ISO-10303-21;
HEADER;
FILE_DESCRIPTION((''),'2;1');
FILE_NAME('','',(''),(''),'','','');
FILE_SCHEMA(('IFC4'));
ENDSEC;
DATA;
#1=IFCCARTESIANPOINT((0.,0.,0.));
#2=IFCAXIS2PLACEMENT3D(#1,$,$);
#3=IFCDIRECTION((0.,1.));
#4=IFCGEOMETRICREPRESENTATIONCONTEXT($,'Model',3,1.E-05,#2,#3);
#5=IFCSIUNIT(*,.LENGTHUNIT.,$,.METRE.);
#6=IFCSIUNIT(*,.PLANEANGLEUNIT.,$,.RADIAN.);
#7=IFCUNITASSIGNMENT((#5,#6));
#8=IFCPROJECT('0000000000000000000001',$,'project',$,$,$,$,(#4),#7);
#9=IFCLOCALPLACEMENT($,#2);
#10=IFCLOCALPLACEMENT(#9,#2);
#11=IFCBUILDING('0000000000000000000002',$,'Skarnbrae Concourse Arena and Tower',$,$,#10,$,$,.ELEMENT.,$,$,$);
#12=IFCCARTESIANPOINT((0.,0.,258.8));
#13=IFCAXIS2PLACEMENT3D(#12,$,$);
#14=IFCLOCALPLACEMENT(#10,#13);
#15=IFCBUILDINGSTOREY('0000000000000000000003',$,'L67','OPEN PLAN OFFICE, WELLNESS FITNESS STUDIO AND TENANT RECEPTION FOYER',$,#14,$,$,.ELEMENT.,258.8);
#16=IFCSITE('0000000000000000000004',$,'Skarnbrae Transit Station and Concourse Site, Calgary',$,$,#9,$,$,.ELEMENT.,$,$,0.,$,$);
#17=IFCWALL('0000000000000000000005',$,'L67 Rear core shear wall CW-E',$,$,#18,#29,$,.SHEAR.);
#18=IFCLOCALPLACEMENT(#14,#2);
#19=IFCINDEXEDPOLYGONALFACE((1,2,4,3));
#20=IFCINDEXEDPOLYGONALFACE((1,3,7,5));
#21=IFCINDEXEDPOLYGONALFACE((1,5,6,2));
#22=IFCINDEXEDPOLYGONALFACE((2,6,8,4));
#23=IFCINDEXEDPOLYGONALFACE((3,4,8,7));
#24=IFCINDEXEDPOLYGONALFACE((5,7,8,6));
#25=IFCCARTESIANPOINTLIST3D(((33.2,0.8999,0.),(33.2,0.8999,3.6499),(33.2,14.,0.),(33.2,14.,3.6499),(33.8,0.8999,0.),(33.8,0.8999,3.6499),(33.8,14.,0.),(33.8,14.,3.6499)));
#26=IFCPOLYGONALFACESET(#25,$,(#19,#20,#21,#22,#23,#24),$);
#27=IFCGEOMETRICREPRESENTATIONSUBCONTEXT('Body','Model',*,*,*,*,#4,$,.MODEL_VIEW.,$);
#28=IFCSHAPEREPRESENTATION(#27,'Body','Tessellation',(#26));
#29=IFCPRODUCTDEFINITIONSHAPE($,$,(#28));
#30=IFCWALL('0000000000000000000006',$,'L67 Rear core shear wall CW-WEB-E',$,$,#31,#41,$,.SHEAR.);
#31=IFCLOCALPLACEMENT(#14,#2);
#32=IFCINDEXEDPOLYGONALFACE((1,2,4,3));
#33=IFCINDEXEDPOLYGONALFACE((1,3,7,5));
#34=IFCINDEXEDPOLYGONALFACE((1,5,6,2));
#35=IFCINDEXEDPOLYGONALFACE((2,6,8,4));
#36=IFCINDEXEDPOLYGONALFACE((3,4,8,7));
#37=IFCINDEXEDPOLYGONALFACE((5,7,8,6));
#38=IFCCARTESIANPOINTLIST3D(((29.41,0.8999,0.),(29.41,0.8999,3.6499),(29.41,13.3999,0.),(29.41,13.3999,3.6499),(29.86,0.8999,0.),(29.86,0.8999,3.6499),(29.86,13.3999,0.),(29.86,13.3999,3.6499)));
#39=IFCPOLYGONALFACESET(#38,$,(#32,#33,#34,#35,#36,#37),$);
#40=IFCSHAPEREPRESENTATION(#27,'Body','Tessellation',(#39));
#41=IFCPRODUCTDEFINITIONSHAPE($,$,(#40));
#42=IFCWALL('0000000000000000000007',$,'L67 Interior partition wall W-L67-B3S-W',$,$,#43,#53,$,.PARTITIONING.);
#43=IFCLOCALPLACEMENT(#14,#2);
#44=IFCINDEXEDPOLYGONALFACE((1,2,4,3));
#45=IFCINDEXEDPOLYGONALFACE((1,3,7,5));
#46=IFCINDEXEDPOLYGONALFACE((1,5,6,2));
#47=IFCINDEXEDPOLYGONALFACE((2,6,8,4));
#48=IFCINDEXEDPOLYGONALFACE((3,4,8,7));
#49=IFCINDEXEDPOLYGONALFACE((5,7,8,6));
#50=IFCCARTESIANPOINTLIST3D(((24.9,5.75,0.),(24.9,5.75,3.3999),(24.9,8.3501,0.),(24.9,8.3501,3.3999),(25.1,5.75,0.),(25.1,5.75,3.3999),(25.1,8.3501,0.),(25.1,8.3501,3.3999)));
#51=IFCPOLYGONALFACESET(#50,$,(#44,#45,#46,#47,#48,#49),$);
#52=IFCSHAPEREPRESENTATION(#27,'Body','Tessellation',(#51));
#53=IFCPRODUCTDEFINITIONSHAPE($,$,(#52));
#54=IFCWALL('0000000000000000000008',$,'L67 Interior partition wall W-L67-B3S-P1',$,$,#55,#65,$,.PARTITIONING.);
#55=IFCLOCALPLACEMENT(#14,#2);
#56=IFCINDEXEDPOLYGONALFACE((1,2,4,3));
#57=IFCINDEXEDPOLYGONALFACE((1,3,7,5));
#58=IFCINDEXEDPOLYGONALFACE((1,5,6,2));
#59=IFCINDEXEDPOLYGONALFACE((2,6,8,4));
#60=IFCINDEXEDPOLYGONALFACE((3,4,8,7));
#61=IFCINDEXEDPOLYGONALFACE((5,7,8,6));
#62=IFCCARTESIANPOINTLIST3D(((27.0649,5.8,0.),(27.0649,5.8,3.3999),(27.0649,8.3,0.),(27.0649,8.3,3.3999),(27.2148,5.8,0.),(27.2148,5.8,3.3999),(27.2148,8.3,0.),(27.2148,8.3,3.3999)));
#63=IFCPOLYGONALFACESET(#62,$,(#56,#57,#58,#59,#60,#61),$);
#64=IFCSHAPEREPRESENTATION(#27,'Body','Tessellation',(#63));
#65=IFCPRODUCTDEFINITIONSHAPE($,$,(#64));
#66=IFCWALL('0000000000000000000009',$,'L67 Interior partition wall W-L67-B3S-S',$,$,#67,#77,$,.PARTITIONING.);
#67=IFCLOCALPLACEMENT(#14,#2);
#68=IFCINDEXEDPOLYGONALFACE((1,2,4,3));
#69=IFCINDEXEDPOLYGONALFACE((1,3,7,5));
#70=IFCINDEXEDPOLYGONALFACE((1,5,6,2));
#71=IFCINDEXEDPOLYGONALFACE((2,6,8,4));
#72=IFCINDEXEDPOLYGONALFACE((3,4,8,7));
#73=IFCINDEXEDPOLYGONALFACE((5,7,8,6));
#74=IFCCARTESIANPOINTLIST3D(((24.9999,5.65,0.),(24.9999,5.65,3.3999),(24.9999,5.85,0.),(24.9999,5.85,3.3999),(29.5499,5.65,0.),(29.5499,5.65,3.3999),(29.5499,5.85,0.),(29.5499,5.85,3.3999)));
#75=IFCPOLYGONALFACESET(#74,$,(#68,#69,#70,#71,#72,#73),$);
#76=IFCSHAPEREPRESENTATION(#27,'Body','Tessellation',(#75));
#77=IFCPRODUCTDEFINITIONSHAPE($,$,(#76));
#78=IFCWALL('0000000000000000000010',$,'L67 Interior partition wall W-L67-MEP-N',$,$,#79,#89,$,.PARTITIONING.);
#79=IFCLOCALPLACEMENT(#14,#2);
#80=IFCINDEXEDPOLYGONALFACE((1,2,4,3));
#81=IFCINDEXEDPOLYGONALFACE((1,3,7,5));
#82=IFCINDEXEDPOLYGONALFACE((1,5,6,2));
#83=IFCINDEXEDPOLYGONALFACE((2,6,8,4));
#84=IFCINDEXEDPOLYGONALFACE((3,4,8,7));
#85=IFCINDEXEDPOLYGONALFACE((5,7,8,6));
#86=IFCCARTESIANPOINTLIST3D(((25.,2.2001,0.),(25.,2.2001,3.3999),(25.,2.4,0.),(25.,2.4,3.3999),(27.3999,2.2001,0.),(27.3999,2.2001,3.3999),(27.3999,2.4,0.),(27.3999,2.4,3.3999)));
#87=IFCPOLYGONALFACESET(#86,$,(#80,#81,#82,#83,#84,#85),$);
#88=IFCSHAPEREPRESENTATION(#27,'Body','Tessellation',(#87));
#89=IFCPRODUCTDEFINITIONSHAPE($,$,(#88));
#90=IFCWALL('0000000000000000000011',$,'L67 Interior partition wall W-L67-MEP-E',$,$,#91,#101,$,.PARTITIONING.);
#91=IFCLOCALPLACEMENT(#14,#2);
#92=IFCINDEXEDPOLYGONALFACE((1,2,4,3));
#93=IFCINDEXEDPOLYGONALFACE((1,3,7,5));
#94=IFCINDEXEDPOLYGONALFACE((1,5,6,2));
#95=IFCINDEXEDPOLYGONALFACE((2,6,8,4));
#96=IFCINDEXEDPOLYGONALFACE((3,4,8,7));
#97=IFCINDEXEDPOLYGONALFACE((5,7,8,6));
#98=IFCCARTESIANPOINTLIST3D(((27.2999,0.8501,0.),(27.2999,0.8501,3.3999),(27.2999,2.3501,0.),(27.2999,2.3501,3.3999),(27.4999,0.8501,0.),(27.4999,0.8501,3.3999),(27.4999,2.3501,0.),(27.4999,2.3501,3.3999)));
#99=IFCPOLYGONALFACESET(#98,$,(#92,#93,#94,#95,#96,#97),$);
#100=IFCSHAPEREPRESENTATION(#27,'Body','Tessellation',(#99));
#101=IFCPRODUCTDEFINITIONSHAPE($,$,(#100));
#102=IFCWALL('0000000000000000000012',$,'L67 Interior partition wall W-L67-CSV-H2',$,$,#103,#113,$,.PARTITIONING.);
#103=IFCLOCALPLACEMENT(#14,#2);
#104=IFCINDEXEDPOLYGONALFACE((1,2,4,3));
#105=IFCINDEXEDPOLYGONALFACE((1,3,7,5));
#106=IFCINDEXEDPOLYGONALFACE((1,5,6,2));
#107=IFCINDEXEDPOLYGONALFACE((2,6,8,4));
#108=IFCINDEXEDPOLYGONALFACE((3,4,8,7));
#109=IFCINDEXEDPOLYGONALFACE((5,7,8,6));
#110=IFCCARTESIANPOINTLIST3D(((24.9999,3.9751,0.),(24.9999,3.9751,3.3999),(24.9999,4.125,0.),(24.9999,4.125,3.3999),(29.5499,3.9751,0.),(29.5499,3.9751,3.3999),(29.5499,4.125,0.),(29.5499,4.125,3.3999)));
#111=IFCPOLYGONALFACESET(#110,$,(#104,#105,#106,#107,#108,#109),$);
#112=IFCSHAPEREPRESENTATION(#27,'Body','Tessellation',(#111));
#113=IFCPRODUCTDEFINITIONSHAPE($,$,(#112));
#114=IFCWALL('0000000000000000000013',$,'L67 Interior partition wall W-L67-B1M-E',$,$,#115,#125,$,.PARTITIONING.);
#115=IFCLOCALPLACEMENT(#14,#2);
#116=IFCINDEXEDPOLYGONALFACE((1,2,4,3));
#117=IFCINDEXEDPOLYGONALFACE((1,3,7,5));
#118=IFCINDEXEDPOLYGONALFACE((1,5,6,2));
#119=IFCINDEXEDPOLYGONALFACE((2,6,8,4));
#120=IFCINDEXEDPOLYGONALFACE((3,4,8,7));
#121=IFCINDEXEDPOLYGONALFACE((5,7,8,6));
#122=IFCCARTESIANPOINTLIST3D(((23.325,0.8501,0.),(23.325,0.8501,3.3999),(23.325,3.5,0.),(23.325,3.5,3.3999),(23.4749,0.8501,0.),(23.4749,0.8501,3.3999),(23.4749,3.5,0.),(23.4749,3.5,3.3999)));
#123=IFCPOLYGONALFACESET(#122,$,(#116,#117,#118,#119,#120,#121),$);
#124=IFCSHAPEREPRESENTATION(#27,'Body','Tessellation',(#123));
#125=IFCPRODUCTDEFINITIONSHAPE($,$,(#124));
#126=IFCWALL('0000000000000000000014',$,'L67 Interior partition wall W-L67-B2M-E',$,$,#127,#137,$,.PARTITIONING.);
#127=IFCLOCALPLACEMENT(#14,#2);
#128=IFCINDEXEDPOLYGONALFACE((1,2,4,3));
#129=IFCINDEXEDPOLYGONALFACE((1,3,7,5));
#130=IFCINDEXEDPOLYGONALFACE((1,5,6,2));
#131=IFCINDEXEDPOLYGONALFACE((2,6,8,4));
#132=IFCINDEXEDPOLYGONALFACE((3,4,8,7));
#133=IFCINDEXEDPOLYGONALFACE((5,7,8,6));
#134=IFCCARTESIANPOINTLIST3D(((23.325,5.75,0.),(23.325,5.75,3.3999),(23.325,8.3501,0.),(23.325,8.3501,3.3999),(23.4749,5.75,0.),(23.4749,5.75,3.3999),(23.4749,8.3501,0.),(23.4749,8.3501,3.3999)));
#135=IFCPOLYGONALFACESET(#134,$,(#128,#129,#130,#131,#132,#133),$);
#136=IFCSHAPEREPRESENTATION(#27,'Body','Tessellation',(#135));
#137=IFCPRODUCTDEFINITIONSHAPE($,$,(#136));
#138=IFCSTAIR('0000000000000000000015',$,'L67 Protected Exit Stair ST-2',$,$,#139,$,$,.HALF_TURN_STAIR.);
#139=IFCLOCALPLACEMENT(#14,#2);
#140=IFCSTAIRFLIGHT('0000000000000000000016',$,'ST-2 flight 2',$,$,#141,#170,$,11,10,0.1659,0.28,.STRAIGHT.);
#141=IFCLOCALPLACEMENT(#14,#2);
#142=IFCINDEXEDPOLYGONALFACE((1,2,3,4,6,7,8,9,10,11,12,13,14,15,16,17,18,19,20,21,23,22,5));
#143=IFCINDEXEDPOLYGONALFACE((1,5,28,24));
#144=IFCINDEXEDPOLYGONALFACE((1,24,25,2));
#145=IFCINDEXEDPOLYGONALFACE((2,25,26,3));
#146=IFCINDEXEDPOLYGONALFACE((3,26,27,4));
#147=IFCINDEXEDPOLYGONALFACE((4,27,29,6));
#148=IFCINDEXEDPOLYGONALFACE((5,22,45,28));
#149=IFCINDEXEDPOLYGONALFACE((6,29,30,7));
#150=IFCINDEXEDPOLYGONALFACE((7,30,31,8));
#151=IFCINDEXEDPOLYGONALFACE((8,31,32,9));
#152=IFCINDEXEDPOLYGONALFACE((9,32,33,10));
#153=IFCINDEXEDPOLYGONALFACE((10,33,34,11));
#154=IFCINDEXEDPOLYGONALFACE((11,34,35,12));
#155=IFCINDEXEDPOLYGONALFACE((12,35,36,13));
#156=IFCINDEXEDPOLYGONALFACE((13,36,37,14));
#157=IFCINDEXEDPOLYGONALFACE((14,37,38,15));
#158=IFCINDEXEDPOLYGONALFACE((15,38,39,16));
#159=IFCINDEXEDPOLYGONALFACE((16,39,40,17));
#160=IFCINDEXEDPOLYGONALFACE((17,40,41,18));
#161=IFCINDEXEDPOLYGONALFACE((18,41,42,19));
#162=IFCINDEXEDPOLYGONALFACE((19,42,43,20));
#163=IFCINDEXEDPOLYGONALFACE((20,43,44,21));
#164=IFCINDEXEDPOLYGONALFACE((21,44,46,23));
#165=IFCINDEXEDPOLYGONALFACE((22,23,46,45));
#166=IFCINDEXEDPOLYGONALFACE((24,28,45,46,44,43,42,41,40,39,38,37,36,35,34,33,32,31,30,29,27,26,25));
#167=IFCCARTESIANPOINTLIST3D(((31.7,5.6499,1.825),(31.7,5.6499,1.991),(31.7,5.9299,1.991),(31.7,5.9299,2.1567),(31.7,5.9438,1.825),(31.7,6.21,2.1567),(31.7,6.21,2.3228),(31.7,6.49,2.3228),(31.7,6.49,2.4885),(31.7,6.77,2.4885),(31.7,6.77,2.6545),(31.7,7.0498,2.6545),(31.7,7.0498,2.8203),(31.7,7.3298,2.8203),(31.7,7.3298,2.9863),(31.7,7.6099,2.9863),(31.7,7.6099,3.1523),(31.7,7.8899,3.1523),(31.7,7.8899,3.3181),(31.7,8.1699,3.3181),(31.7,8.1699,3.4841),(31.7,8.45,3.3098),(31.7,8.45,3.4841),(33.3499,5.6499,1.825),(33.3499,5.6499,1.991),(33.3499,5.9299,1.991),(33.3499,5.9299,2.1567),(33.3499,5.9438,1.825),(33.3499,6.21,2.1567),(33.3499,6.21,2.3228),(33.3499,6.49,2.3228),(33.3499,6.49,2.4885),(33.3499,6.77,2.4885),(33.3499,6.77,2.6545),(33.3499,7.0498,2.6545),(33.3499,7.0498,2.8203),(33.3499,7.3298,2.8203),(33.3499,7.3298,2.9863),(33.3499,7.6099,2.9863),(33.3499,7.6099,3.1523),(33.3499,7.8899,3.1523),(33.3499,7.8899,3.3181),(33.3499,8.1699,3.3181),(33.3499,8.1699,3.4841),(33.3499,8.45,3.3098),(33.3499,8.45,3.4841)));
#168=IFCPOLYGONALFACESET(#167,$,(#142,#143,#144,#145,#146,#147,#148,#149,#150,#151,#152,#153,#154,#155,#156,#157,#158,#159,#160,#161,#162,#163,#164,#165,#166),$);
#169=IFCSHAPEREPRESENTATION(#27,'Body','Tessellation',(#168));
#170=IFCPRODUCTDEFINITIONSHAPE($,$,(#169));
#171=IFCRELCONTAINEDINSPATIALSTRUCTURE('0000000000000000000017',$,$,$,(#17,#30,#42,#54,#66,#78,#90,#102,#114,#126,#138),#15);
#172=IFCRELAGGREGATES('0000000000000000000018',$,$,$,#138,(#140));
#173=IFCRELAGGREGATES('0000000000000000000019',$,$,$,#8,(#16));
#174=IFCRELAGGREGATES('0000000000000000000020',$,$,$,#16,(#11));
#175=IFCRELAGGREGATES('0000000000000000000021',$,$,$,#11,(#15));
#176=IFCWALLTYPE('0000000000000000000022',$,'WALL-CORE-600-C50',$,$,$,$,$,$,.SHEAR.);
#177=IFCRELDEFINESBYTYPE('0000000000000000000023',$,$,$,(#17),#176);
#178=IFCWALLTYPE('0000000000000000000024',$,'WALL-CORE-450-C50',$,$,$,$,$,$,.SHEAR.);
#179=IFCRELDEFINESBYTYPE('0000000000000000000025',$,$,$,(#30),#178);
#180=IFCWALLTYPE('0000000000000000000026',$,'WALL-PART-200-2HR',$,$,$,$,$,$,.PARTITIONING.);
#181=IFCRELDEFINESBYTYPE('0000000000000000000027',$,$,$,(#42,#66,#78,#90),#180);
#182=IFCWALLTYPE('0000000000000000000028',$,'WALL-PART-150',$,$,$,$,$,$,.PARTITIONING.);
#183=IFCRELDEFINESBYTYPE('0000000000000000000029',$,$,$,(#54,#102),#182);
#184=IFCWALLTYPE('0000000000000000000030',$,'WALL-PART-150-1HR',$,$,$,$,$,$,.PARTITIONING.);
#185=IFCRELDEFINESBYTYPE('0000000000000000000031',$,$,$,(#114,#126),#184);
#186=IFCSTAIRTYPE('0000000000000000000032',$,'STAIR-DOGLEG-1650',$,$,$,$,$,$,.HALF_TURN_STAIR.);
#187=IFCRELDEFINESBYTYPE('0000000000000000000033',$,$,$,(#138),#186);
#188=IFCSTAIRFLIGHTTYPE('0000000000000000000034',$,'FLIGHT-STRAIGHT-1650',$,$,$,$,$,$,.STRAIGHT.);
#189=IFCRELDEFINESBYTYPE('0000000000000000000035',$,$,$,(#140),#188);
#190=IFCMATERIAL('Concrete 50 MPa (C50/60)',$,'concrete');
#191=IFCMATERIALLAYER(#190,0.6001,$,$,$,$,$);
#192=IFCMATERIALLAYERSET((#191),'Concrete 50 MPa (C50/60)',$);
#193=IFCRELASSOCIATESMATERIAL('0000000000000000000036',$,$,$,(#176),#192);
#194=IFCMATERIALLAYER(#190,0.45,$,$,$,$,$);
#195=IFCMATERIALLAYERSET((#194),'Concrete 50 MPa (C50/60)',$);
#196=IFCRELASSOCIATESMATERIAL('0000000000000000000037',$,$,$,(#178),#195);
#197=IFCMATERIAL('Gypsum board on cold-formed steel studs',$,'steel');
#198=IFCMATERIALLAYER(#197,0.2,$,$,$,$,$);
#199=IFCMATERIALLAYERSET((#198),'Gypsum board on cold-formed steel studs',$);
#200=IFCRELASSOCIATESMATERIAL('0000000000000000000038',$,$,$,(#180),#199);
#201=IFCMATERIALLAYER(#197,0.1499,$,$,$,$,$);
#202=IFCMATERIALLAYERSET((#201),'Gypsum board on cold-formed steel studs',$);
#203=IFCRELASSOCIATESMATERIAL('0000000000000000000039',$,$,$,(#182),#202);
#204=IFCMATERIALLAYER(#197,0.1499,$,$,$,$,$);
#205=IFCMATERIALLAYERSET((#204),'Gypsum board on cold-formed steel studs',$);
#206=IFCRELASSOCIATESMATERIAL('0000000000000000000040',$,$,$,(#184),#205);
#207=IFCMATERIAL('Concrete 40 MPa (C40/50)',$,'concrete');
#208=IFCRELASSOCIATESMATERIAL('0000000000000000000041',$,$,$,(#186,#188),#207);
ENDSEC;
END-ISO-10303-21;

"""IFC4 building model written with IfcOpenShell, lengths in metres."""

from ifc_helpers import new_model, si_unit, direction, frame, frame_2d, origin, place, context, subcontext, project, spatial, polyline, rectangle, outline, extrude, source, transform, mapped, material, layer, layer_set, type_object, element, aggregate, save


model = new_model("IFC4")

# Units and contexts
model_context = context("Model", 3, precision=1e-05, world=origin(), true_north=direction((0.0, 1.0)))
body_context = subcontext(model_context, "Body", "Model", "MODEL_VIEW")
ifc_project = project(units=[si_unit("LENGTHUNIT", "METRE"), si_unit("PLANEANGLEUNIT", "RADIAN")], contexts=[model_context])

# Site, building, storey
site_placement = place(None, origin())
site = spatial("IfcSite", under=ifc_project, at=site_placement, Name="Skarnbrae Transit Station and Concourse Site, Calgary", CompositionType="ELEMENT", RefElevation=0.0)
building_placement = place(site_placement, origin())
building = spatial("IfcBuilding", under=site, at=building_placement, Name="Skarnbrae Concourse Arena and Tower", CompositionType="ELEMENT")
storey_placement = place(building_placement, frame((0.0, 0.0, 258.8)))
storey = spatial("IfcBuildingStorey", under=building, at=storey_placement, Name="L67", Description="OPEN PLAN OFFICE, WELLNESS FITNESS STUDIO AND TENANT RECEPTION FOYER", CompositionType="ELEMENT", Elevation=258.8)

# Walls
ifc_material_1 = material(Name="Concrete 50 MPa (C50/60)", Category="concrete")
ifc_layer_1 = layer(ifc_material_1, 0.6001)
ifc_layer_set_1 = layer_set([ifc_layer_1], Name="Concrete 50 MPa (C50/60)")
wall_type_1 = type_object("IfcWallType", Name="WALL-CORE-600-C50", PredefinedType="SHEAR", material=ifc_layer_set_1)
shared_shape_1 = source(origin(), body_context, "Body", "SweptSolid", [
    extrude(rectangle(XDim=13.1001, YDim=0.6001, at=frame_2d((6.55, 0.0))), origin(), (0.0, 0.0, 1.0), 3.6499),
])
wall_1_placement = place(storey_placement, frame((33.5, 0.8999, 0.0), z_axis=(0.0, 0.0, 1.0), x_axis=(0.0, 1.0, 0.0)))
element("IfcWall", 1, at=wall_1_placement, inside=storey, type_object=wall_type_1, Name="L67 Rear core shear wall CW-E", PredefinedType="SHEAR", context=body_context, shape_type="MappedRepresentation", body=[
    mapped(shared_shape_1, transform((0.0, 0.0, 0.0))),
])
ifc_layer_2 = layer(ifc_material_1, 0.45)
ifc_layer_set_2 = layer_set([ifc_layer_2], Name="Concrete 50 MPa (C50/60)")
wall_type_2 = type_object("IfcWallType", Name="WALL-CORE-450-C50", PredefinedType="SHEAR", material=ifc_layer_set_2)
shared_shape_2 = source(origin(), body_context, "Body", "SweptSolid", [
    extrude(rectangle(XDim=12.5, YDim=0.45, at=frame_2d((6.25, 0.0))), origin(), (0.0, 0.0, 1.0), 3.6499),
])
wall_2_placement = place(storey_placement, frame((29.635, 0.8999, 0.0), z_axis=(0.0, 0.0, 1.0), x_axis=(0.0, 1.0, 0.0)))
element("IfcWall", 2, at=wall_2_placement, inside=storey, type_object=wall_type_2, Name="L67 Rear core shear wall CW-WEB-E", PredefinedType="SHEAR", context=body_context, shape_type="MappedRepresentation", body=[
    mapped(shared_shape_2, transform((0.0, 0.0, 0.0))),
])
ifc_material_2 = material(Name="Gypsum board on cold-formed steel studs", Category="steel")
ifc_layer_3 = layer(ifc_material_2, 0.2)
ifc_layer_set_3 = layer_set([ifc_layer_3], Name="Gypsum board on cold-formed steel studs")
wall_type_3 = type_object("IfcWallType", Name="WALL-PART-200-2HR", PredefinedType="PARTITIONING", material=ifc_layer_set_3)
shared_shape_3 = source(origin(), body_context, "Body", "SweptSolid", [
    extrude(rectangle(XDim=2.6001, YDim=0.2, at=frame_2d((1.3, 0.0))), origin(), (0.0, 0.0, 1.0), 3.3999),
])
wall_3_placement = place(storey_placement, frame((25.0, 5.75, 0.0), z_axis=(0.0, 0.0, 1.0), x_axis=(0.0, 1.0, 0.0)))
element("IfcWall", 3, at=wall_3_placement, inside=storey, type_object=wall_type_3, Name="L67 Interior partition wall W-L67-B3S-W", PredefinedType="PARTITIONING", context=body_context, shape_type="MappedRepresentation", body=[
    mapped(shared_shape_3, transform((0.0, 0.0, 0.0))),
])
ifc_layer_4 = layer(ifc_material_2, 0.1499)
ifc_layer_set_4 = layer_set([ifc_layer_4], Name="Gypsum board on cold-formed steel studs")
wall_type_4 = type_object("IfcWallType", Name="WALL-PART-150", PredefinedType="PARTITIONING", material=ifc_layer_set_4)
shared_shape_4 = source(origin(), body_context, "Body", "SweptSolid", [
    extrude(rectangle(XDim=2.5, YDim=0.1499, at=frame_2d((1.25, 0.0))), origin(), (0.0, 0.0, 1.0), 3.3999),
])
wall_4_placement = place(storey_placement, frame((27.1399, 5.8, 0.0), z_axis=(0.0, 0.0, 1.0), x_axis=(0.0, 1.0, 0.0)))
element("IfcWall", 4, at=wall_4_placement, inside=storey, type_object=wall_type_4, Name="L67 Interior partition wall W-L67-B3S-P1", PredefinedType="PARTITIONING", context=body_context, shape_type="MappedRepresentation", body=[
    mapped(shared_shape_4, transform((0.0, 0.0, 0.0))),
])

# Shared definitions
shared_shape_5 = source(origin(), body_context, "Body", "SweptSolid", [
    extrude(rectangle(XDim=4.55, YDim=0.2, at=frame_2d((2.2749, 0.0))), origin(), (0.0, 0.0, 1.0), 3.3999),
])

# Wall
wall_5_placement = place(storey_placement, frame((25.0, 5.75, 0.0), z_axis=(0.0, 0.0, 1.0), x_axis=(1.0, 0.0, 0.0)))
element("IfcWall", 5, at=wall_5_placement, inside=storey, type_object=wall_type_3, Name="L67 Interior partition wall W-L67-B3S-S", PredefinedType="PARTITIONING", context=body_context, shape_type="MappedRepresentation", body=[
    mapped(shared_shape_5, transform((0.0, 0.0, 0.0))),
])

# Shared definitions
ifc_layer_5 = layer(ifc_material_2, 0.1499)
ifc_layer_set_5 = layer_set([ifc_layer_5], Name="Gypsum board on cold-formed steel studs")
wall_type_5 = type_object("IfcWallType", Name="WALL-PART-150-1HR", PredefinedType="PARTITIONING", material=ifc_layer_set_5)

# Walls
shared_shape_6 = source(origin(), body_context, "Body", "SweptSolid", [
    extrude(rectangle(XDim=2.3999, YDim=0.2, at=frame_2d((1.2, 0.0))), origin(), (0.0, 0.0, 1.0), 3.3999),
])
wall_6_placement = place(storey_placement, frame((25.0, 2.3, 0.0), z_axis=(0.0, 0.0, 1.0), x_axis=(1.0, 0.0, 0.0)))
element("IfcWall", 6, at=wall_6_placement, inside=storey, type_object=wall_type_3, Name="L67 Interior partition wall W-L67-MEP-N", PredefinedType="PARTITIONING", context=body_context, shape_type="MappedRepresentation", body=[
    mapped(shared_shape_6, transform((0.0, 0.0, 0.0))),
])
shared_shape_7 = source(origin(), body_context, "Body", "SweptSolid", [
    extrude(rectangle(XDim=1.5, YDim=0.2, at=frame_2d((0.75, 0.0))), origin(), (0.0, 0.0, 1.0), 3.3999),
])
wall_7_placement = place(storey_placement, frame((27.3999, 0.8501, 0.0), z_axis=(0.0, 0.0, 1.0), x_axis=(0.0, 1.0, 0.0)))
element("IfcWall", 7, at=wall_7_placement, inside=storey, type_object=wall_type_3, Name="L67 Interior partition wall W-L67-MEP-E", PredefinedType="PARTITIONING", context=body_context, shape_type="MappedRepresentation", body=[
    mapped(shared_shape_7, transform((0.0, 0.0, 0.0))),
])
shared_shape_8 = source(origin(), body_context, "Body", "SweptSolid", [
    extrude(rectangle(XDim=4.55, YDim=0.1499, at=frame_2d((2.2749, 0.0))), origin(), (0.0, 0.0, 1.0), 3.3999),
])
wall_8_placement = place(storey_placement, frame((25.0, 4.05, 0.0), z_axis=(0.0, 0.0, 1.0), x_axis=(1.0, 0.0, 0.0)))
element("IfcWall", 8, at=wall_8_placement, inside=storey, type_object=wall_type_4, Name="L67 Interior partition wall W-L67-CSV-H2", PredefinedType="PARTITIONING", context=body_context, shape_type="MappedRepresentation", body=[
    mapped(shared_shape_8, transform((0.0, 0.0, 0.0))),
])
shared_shape_9 = source(origin(), body_context, "Body", "SweptSolid", [
    extrude(rectangle(XDim=2.6499, YDim=0.1499, at=frame_2d((1.325, 0.0))), origin(), (0.0, 0.0, 1.0), 3.3999),
])
wall_9_placement = place(storey_placement, frame((23.3999, 0.8501, 0.0), z_axis=(0.0, 0.0, 1.0), x_axis=(0.0, 1.0, 0.0)))
element("IfcWall", 9, at=wall_9_placement, inside=storey, type_object=wall_type_5, Name="L67 Interior partition wall W-L67-B1M-E", PredefinedType="PARTITIONING", context=body_context, shape_type="MappedRepresentation", body=[
    mapped(shared_shape_9, transform((0.0, 0.0, 0.0))),
])
shared_shape_10 = source(origin(), body_context, "Body", "SweptSolid", [
    extrude(rectangle(XDim=2.6001, YDim=0.1499, at=frame_2d((1.3, 0.0))), origin(), (0.0, 0.0, 1.0), 3.3999),
])
wall_10_placement = place(storey_placement, frame((23.3999, 5.75, 0.0), z_axis=(0.0, 0.0, 1.0), x_axis=(0.0, 1.0, 0.0)))
element("IfcWall", 10, at=wall_10_placement, inside=storey, type_object=wall_type_5, Name="L67 Interior partition wall W-L67-B2M-E", PredefinedType="PARTITIONING", context=body_context, shape_type="MappedRepresentation", body=[
    mapped(shared_shape_10, transform((0.0, 0.0, 0.0))),
])

# Stair, stair flight
ifc_material_3 = material(Name="Concrete 40 MPa (C40/50)", Category="concrete")
stair_type = type_object("IfcStairType", Name="STAIR-DOGLEG-1650", PredefinedType="HALF_TURN_STAIR", material=ifc_material_3)
stair_placement = place(storey_placement, origin())
stair = element("IfcStair", 11, at=stair_placement, inside=storey, type_object=stair_type, Name="L67 Protected Exit Stair ST-2", PredefinedType="HALF_TURN_STAIR")
stair_flight_type = type_object("IfcStairFlightType", Name="FLIGHT-STRAIGHT-1650", PredefinedType="STRAIGHT", material=ifc_material_3)
shared_shape_11 = source(origin(), body_context, "Body", "SweptSolid", [
    extrude(outline(polyline([(0.0, 0.0), (0.0, 0.166), (0.28, 0.166), (0.28, 0.3318), (0.5601, 0.3318), (0.5601, 0.4978), (0.8401, 0.4978), (0.8401, 0.6636), (1.1201, 0.6636), (1.1201, 0.8296), (1.3999, 0.8296), (1.3999, 0.9954), (1.6799, 0.9954), (1.6799, 1.1614), (1.96, 1.1614), (1.96, 1.3274), (2.24, 1.3274), (2.24, 1.4932), (2.52, 1.4932), (2.52, 1.6592), (2.8, 1.6592), (2.8, 1.825), (2.8, 1.4849), (0.2939, 0.0), (0.0, 0.0)])), frame((0.0, 0.825, 0.0), z_axis=(0.0, -1.0, 0.0), x_axis=(1.0, 0.0, 0.0)), (0.0, 0.0, 1.0), 1.6499),
])
stair_flight_placement = place(storey_placement, frame((32.5249, 5.6499, 1.825), z_axis=(0.0, 0.0, 1.0), x_axis=(0.0, 1.0, 0.0)))
stair_flight = element("IfcStairFlight", 12, at=stair_flight_placement, type_object=stair_flight_type, Name="ST-2 flight 2", NumberOfRisers=11, NumberOfTreads=10, PredefinedType="STRAIGHT", RiserHeight=0.1659, TreadLength=0.28, context=body_context, shape_type="MappedRepresentation", body=[
    mapped(shared_shape_11, transform((0.0, 0.0, 0.0))),
])
aggregate(stair, [stair_flight])

save(model, "model.ifc")
